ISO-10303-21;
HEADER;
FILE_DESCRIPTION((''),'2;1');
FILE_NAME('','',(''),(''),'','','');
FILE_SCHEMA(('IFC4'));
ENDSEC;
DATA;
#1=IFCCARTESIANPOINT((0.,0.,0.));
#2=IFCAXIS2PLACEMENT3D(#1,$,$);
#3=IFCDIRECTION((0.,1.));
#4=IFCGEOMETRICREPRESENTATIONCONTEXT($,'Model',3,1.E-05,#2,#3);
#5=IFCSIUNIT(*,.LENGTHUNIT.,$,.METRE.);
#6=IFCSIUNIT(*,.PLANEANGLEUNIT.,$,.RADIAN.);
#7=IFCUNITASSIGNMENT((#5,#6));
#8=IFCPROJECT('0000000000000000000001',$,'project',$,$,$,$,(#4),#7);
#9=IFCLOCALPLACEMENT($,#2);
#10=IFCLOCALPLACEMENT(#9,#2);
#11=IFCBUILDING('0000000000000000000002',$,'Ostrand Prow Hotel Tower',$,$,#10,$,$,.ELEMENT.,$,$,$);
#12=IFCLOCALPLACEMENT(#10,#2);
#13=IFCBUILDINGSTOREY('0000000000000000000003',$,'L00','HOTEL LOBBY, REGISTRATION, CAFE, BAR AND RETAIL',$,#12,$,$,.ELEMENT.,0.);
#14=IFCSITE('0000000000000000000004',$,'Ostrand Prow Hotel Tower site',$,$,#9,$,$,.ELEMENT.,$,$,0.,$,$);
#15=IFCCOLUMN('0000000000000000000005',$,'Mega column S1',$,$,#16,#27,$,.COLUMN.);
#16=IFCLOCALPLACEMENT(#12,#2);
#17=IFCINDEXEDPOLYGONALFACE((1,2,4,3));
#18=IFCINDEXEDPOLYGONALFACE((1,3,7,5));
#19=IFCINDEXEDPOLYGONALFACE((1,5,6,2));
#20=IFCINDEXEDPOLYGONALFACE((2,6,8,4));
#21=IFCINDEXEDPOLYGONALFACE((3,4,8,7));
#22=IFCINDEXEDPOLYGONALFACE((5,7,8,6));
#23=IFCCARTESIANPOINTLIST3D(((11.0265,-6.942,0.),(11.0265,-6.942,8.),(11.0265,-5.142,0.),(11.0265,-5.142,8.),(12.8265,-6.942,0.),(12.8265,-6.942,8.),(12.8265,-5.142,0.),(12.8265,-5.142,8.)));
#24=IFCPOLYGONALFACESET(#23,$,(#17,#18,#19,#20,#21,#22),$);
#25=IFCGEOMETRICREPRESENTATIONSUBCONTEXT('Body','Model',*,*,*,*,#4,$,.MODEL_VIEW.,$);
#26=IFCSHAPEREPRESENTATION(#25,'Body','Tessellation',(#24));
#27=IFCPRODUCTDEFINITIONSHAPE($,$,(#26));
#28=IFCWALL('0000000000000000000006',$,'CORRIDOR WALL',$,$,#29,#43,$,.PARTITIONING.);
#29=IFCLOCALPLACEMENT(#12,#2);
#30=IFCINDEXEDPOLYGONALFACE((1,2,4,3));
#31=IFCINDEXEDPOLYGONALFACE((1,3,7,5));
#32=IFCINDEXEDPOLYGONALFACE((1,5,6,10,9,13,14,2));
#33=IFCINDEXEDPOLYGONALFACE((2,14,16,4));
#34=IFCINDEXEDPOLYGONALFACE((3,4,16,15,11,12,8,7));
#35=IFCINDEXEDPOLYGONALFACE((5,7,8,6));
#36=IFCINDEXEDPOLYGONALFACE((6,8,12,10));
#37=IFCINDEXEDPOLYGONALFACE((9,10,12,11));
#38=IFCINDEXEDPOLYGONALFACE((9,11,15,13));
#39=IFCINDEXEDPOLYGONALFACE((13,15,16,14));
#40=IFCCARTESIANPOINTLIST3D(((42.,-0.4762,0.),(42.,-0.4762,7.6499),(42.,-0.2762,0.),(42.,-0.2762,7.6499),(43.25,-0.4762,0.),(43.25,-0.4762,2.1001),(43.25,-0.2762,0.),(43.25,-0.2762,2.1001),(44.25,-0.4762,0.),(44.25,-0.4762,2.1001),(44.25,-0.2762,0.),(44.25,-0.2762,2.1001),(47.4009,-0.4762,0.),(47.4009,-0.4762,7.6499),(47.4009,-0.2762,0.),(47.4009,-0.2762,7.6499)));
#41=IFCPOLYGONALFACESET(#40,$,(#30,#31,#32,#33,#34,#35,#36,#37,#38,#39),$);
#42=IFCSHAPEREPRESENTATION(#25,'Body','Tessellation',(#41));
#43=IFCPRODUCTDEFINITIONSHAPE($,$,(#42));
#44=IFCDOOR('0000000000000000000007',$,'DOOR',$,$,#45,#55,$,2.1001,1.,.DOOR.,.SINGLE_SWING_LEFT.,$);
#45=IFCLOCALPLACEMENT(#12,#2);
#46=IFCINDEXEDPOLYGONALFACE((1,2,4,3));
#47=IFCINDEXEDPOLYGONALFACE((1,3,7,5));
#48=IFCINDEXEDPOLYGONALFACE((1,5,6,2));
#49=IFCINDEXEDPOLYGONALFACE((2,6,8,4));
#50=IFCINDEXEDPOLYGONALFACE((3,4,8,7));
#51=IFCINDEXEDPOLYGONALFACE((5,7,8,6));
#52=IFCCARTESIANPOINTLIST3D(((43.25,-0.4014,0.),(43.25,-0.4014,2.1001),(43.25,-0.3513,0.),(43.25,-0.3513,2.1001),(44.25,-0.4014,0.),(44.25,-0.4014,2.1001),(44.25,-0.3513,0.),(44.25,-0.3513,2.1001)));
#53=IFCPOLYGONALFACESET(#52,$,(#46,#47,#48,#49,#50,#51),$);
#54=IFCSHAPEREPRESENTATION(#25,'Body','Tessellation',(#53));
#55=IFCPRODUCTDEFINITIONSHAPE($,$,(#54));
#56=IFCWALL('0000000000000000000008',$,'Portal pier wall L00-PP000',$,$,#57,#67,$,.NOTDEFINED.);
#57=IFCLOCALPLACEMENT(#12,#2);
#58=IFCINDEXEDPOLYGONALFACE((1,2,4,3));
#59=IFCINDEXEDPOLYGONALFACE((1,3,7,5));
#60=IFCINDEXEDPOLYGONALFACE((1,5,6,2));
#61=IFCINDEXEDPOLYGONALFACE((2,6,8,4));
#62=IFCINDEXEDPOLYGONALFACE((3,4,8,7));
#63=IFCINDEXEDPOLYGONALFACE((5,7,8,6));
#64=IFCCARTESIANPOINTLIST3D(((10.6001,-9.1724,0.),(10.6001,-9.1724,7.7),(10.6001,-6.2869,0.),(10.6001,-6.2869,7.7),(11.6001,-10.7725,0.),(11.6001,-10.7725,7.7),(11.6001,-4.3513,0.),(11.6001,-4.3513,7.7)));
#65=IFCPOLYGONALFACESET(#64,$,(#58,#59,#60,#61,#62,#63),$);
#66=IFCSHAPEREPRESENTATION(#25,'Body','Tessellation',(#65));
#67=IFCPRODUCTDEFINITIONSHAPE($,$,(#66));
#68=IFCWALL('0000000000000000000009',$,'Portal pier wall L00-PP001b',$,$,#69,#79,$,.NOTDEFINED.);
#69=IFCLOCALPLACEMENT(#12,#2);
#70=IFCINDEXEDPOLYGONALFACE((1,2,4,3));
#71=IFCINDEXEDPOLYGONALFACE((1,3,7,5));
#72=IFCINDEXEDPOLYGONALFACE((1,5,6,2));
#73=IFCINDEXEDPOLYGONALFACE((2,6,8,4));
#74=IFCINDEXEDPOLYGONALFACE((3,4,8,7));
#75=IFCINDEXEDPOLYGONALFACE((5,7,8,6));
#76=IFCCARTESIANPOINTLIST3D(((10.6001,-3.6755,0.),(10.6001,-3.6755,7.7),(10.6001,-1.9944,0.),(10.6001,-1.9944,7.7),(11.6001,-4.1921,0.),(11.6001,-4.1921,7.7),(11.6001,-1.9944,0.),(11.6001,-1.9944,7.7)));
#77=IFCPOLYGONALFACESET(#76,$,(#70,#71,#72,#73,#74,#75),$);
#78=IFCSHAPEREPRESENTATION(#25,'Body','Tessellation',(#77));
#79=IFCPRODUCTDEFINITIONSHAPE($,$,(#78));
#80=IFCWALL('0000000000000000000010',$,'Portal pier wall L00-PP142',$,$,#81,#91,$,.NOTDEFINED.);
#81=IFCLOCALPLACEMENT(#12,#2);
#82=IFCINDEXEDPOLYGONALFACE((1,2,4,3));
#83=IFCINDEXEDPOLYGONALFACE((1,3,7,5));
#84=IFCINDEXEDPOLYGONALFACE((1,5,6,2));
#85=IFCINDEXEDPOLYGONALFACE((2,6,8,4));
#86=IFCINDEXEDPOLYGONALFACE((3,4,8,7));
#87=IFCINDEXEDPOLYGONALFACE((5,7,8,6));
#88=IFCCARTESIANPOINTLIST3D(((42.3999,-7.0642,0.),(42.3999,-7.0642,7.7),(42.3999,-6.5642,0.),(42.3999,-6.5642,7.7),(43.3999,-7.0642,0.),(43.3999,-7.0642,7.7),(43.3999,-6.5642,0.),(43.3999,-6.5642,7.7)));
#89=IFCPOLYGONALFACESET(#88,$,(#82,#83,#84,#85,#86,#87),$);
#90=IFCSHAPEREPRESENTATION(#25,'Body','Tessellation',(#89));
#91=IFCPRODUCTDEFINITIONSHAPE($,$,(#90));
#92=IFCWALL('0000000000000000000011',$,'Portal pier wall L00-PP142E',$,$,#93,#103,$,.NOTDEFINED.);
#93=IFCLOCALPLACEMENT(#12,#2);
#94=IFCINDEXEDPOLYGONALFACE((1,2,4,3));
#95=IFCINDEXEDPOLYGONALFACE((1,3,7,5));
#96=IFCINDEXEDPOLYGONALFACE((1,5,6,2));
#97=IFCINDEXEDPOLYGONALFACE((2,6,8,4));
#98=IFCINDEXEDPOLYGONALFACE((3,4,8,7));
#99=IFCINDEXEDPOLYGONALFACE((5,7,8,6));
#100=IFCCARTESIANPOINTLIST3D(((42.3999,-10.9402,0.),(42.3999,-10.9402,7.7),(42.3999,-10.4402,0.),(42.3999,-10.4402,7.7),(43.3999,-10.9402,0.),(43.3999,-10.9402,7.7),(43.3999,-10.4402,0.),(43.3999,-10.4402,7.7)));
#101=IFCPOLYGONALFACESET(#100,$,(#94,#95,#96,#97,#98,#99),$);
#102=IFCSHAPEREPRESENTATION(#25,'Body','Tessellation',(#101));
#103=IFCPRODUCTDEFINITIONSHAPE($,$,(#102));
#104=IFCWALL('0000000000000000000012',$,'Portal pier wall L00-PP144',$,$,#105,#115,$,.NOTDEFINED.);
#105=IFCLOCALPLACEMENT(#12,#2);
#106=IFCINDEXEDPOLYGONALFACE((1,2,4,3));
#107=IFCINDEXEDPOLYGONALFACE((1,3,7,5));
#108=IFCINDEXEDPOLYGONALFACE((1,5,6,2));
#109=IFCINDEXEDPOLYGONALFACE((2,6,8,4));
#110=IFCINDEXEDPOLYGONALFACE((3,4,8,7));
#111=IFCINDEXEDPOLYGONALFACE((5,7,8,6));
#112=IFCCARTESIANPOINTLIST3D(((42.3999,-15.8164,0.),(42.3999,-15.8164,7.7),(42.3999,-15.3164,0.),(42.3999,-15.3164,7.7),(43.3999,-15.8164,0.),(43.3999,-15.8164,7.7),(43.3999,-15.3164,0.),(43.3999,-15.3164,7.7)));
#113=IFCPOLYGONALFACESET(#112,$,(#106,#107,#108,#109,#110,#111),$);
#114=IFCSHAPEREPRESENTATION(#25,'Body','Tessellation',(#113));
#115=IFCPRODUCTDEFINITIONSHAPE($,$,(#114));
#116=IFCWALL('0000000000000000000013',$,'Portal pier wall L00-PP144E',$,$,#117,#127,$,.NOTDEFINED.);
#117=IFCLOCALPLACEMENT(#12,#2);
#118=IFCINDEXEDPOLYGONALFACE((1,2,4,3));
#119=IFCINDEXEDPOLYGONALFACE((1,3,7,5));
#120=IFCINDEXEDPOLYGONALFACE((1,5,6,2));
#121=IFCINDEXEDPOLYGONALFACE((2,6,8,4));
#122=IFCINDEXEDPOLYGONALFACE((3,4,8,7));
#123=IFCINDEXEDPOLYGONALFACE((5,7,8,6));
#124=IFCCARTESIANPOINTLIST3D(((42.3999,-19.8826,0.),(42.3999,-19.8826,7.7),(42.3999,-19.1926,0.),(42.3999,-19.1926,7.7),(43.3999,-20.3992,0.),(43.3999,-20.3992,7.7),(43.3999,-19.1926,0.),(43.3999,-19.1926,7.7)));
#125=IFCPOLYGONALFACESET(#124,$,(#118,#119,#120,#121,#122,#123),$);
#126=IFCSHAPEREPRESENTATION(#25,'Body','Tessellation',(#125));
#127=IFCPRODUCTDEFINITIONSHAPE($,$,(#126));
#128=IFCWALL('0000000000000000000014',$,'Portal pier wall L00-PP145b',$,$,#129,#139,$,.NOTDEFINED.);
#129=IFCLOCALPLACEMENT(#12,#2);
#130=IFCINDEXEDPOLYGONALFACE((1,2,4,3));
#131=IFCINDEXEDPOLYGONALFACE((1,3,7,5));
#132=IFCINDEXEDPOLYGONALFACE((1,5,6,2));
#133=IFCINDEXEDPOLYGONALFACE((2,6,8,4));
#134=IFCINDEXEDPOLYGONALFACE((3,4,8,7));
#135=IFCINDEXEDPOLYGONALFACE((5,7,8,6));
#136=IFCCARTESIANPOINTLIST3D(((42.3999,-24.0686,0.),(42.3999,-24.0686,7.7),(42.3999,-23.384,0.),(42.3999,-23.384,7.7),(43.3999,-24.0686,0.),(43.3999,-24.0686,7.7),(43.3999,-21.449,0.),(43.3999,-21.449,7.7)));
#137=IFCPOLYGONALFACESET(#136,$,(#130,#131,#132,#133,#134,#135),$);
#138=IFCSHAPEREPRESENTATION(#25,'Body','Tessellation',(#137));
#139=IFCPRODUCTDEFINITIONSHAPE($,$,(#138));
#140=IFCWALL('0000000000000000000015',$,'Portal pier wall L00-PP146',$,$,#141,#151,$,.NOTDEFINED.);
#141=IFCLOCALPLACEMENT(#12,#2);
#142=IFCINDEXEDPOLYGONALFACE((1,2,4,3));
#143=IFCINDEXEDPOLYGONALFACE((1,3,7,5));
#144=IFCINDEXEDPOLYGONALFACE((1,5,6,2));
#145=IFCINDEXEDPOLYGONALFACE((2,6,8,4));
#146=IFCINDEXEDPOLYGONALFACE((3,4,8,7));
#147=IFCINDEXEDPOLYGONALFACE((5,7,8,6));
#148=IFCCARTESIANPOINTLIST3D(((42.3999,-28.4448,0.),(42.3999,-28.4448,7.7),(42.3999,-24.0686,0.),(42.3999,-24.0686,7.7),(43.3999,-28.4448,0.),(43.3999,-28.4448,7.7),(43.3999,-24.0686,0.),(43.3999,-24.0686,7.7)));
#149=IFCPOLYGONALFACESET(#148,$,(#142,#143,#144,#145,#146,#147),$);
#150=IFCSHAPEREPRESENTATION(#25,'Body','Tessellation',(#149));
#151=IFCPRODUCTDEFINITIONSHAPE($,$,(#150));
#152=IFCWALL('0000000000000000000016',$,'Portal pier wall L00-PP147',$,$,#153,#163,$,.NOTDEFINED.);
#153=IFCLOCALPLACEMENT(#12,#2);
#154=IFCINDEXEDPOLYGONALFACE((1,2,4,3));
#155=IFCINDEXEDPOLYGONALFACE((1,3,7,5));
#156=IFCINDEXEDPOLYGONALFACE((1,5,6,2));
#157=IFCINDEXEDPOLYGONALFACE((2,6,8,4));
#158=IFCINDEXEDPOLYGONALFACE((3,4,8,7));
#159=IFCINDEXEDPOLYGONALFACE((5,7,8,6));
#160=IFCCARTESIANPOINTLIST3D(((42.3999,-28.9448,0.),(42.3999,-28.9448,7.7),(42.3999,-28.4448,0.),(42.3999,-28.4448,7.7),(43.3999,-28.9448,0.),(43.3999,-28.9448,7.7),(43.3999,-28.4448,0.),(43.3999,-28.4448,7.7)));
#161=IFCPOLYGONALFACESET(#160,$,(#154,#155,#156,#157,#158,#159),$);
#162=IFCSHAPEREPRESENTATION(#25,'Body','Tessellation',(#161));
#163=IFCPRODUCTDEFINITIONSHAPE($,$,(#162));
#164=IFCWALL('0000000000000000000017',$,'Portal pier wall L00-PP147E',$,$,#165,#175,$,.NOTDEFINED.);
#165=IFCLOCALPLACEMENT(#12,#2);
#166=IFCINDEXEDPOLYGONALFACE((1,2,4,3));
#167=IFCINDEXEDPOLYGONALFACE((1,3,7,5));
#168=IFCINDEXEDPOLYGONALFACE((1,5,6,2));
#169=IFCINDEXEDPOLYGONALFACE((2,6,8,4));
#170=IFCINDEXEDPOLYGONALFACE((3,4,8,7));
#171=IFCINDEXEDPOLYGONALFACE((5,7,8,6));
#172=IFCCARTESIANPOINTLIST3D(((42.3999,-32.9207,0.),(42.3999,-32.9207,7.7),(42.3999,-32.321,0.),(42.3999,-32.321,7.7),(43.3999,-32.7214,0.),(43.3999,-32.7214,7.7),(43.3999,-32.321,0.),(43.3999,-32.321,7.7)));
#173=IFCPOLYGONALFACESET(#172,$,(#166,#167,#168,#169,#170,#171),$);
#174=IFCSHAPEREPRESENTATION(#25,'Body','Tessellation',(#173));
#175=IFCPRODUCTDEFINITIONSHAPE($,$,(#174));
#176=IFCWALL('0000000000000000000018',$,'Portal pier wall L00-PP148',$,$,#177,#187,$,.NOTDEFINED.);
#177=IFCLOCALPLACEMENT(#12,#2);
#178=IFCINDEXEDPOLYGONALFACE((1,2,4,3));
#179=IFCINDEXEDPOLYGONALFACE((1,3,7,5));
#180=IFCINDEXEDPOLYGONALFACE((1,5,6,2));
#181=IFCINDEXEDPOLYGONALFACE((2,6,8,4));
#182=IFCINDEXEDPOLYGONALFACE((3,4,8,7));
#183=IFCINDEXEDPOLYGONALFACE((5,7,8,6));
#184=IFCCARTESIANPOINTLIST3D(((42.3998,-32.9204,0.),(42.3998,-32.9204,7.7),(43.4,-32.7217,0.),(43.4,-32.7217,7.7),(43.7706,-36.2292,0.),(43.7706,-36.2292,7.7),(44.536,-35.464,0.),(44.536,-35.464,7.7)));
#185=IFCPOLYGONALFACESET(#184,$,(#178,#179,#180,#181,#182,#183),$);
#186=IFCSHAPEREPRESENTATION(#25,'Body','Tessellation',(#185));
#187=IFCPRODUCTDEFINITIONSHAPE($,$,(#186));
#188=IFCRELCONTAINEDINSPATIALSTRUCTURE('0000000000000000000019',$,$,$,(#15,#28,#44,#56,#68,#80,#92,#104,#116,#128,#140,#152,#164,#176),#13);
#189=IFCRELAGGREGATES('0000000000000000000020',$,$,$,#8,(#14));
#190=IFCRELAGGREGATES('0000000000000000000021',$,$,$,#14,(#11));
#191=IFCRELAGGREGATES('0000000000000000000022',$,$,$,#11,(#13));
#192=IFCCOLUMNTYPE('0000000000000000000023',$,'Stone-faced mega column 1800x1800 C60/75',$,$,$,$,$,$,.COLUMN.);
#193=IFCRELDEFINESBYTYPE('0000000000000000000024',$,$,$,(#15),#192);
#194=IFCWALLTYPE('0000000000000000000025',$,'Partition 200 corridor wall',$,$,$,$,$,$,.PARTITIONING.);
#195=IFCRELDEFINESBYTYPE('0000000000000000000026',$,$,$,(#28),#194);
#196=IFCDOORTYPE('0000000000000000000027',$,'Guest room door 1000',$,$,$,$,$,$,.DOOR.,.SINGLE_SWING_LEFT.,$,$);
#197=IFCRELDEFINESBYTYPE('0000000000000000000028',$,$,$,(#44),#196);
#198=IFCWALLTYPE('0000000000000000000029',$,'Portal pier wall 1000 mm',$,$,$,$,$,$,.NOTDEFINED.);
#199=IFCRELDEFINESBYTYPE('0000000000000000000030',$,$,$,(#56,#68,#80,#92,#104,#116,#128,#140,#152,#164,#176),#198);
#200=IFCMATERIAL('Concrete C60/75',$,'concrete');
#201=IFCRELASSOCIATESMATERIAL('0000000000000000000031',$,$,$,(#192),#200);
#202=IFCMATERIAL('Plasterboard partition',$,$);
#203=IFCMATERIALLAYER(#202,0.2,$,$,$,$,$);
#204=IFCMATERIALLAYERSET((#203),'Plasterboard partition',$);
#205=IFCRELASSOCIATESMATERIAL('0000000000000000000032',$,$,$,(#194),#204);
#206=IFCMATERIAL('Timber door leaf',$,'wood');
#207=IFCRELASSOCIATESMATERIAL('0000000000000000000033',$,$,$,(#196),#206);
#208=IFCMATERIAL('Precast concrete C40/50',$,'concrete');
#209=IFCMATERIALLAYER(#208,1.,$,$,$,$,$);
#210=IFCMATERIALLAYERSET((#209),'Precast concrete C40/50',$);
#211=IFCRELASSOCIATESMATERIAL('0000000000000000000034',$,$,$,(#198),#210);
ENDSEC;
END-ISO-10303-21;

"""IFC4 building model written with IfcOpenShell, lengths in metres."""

from ifc_helpers import new_model, si_unit, direction, frame, frame_2d, origin, origin_2d, place, context, subcontext, project, spatial, polyline, rectangle, outline, extrude, material, layer, layer_set, material_profile, profile_set, type_object, element, fill, save


model = new_model("IFC4")

# Units and contexts
model_context = context("Model", 3, precision=1e-05, world=origin(), true_north=direction((0.0, 1.0)))
body_context = subcontext(model_context, "Body", "Model", "MODEL_VIEW")
ifc_project = project(units=[si_unit("LENGTHUNIT", "METRE"), si_unit("PLANEANGLEUNIT", "RADIAN")], contexts=[model_context])

# Site, building, storey
site_placement = place(None, origin())
site = spatial("IfcSite", under=ifc_project, at=site_placement, Name="Ostrand Prow Hotel Tower site", CompositionType="ELEMENT", RefElevation=0.0)
building_placement = place(site_placement, origin())
building = spatial("IfcBuilding", under=site, at=building_placement, Name="Ostrand Prow Hotel Tower", CompositionType="ELEMENT")
storey_placement = place(building_placement, origin())
storey = spatial("IfcBuildingStorey", under=building, at=storey_placement, Name="L00", Description="HOTEL LOBBY, REGISTRATION, CAFE, BAR AND RETAIL", CompositionType="ELEMENT", Elevation=0.0)

# Column
ifc_material_1 = material(Name="Concrete C60/75", Category="concrete")
ifc_material_profile_1 = material_profile(ifc_material_1, rectangle(XDim=1.8, YDim=1.8, at=origin_2d()), Name="RC 1800x1800")
ifc_profile_set_1 = profile_set([ifc_material_profile_1], Name="Concrete C60/75")
column_type = type_object("IfcColumnType", Name="Stone-faced mega column 1800x1800 C60/75", PredefinedType="COLUMN", material=ifc_profile_set_1)
column_placement = place(storey_placement, frame((11.9265, -6.042, 0.0), z_axis=(0.0, 0.0, 1.0), x_axis=(1.0, 0.0, 0.0)))
element("IfcColumn", 1, at=column_placement, inside=storey, type_object=column_type, Name="Mega column S1", PredefinedType="COLUMN", context=body_context, shape_type="SweptSolid", body=[
    extrude(rectangle(XDim=1.8, YDim=1.8, at=origin_2d()), origin(), (0.0, 0.0, 1.0), 8.0),
])

# Wall, opening, door
ifc_material_2 = material(Name="Plasterboard partition")
ifc_layer_1 = layer(ifc_material_2, 0.2)
ifc_layer_set_1 = layer_set([ifc_layer_1], Name="Plasterboard partition")
wall_type_1 = type_object("IfcWallType", Name="Partition 200 corridor wall", PredefinedType="PARTITIONING", material=ifc_layer_set_1)
wall_1_placement = place(storey_placement, frame((42.0, -0.3762, 0.0), z_axis=(0.0, 0.0, 1.0), x_axis=(1.0, 0.0, 0.0)))
wall_1 = element("IfcWall", 2, at=wall_1_placement, inside=storey, type_object=wall_type_1, Name="CORRIDOR WALL", PredefinedType="PARTITIONING", context=body_context, shape_type="SweptSolid", body=[
    extrude(rectangle(XDim=5.4009, YDim=0.2, at=frame_2d((2.7004, 0.0))), origin(), (0.0, 0.0, 1.0), 7.6499),
])
opening_1_placement = place(wall_1_placement, frame((1.25, 0.0, 0.0)))
opening_1 = element("IfcOpeningElement", 3, at=opening_1_placement, cuts=wall_1, PredefinedType="OPENING", context=body_context, shape_type="SweptSolid", body=[
    extrude(rectangle(XDim=1.0, YDim=2.1001, at=frame_2d((0.5, 1.05))), frame((0.0, 0.1099, 0.0), z_axis=(0.0, -1.0, 0.0), x_axis=(1.0, 0.0, 0.0)), (0.0, 0.0, 1.0), 0.22),
])
ifc_material_3 = material(Name="Timber door leaf", Category="wood")
door_type_1 = type_object("IfcDoorType", Name="Guest room door 1000", OperationType="SINGLE_SWING_LEFT", PredefinedType="DOOR", material=ifc_material_3)
door_1_placement = place(opening_1_placement, origin())
door_1 = element("IfcDoor", 4, at=door_1_placement, inside=storey, type_object=door_type_1, Name="DOOR", OperationType="SINGLE_SWING_LEFT", OverallHeight=2.1001, OverallWidth=1.0, PredefinedType="DOOR", context=body_context, shape_type="SweptSolid", body=[
    extrude(rectangle(XDim=1.0, YDim=2.1001, at=frame_2d((0.5, 1.05))), frame((0.0, 0.0249, 0.0), z_axis=(0.0, -1.0, 0.0), x_axis=(1.0, 0.0, 0.0)), (0.0, 0.0, 1.0), 0.05),
])
fill(opening_1, door_1)

# Walls
ifc_material_4 = material(Name="Precast concrete C40/50", Category="concrete")
ifc_layer_2 = layer(ifc_material_4, 1.0)
ifc_layer_set_2 = layer_set([ifc_layer_2], Name="Precast concrete C40/50")
wall_type_2 = type_object("IfcWallType", Name="Portal pier wall 1000 mm", PredefinedType="NOTDEFINED", material=ifc_layer_set_2)
wall_2_placement = place(storey_placement, frame((11.1001, -9.9724, 0.0), z_axis=(0.0, 0.0, 1.0), x_axis=(0.0, 1.0, 0.0)))
element("IfcWall", 5, at=wall_2_placement, inside=storey, type_object=wall_type_2, Name="Portal pier wall L00-PP000", PredefinedType="NOTDEFINED", context=body_context, shape_type="SweptSolid", body=[
    extrude(outline(polyline([(-0.8, -0.5), (5.6211, -0.5), (3.6855, 0.5), (0.8, 0.5), (-0.8, -0.5)])), origin(), (0.0, 0.0, 1.0), 7.7),
])
wall_3_placement = place(storey_placement, frame((11.1001, -3.9338, 0.0), z_axis=(0.0, 0.0, 1.0), x_axis=(0.0, 1.0, 0.0)))
element("IfcWall", 6, at=wall_3_placement, inside=storey, type_object=wall_type_2, Name="Portal pier wall L00-PP001b", PredefinedType="NOTDEFINED", context=body_context, shape_type="SweptSolid", body=[
    extrude(outline(polyline([(-0.2583, -0.5), (1.9395, -0.5), (1.9395, 0.5), (0.2583, 0.5), (-0.2583, -0.5)])), origin(), (0.0, 0.0, 1.0), 7.7),
])

# Walls
for number, where, z_axis, x_axis, name in (
    (7, (42.8999, -6.5642, 0.0), (0.0, 0.0, 1.0), (0.0, -1.0, 0.0), "Portal pier wall L00-PP142"),
    (8, (42.8999, -10.4402, 0.0), (0.0, 0.0, 1.0), (0.0, -1.0, 0.0), "Portal pier wall L00-PP142E"),
):
    element("IfcWall", number, at=place(storey_placement, frame(where, z_axis=z_axis, x_axis=x_axis)), inside=storey, type_object=wall_type_2, Name=name, PredefinedType="NOTDEFINED", context=body_context, shape_type="SweptSolid", body=[
        extrude(outline(polyline([(0.0, -0.5), (0.5, -0.5), (0.5, 0.5), (0.0, 0.5), (0.0, -0.5)])), origin(), (0.0, 0.0, 1.0), 7.7),
    ])

# Walls
wall_4_placement = place(storey_placement, frame((42.8999, -15.3164, 0.0), z_axis=(0.0, 0.0, 1.0), x_axis=(0.0, -1.0, 0.0)))
element("IfcWall", 9, at=wall_4_placement, inside=storey, type_object=wall_type_2, Name="Portal pier wall L00-PP144", PredefinedType="NOTDEFINED", context=body_context, shape_type="SweptSolid", body=[
    extrude(outline(polyline([(0.0, -0.5), (0.5, -0.5), (0.5, 0.5), (0.0, 0.5), (0.0, -0.5)])), origin(), (0.0, 0.0, 1.0), 7.7),
])
wall_5_placement = place(storey_placement, frame((42.8999, -19.1926, 0.0), z_axis=(0.0, 0.0, 1.0), x_axis=(0.0, -1.0, 0.0)))
element("IfcWall", 10, at=wall_5_placement, inside=storey, type_object=wall_type_2, Name="Portal pier wall L00-PP144E", PredefinedType="NOTDEFINED", context=body_context, shape_type="SweptSolid", body=[
    extrude(outline(polyline([(0.0, -0.5), (0.6899, -0.5), (1.2065, 0.5), (0.0, 0.5), (0.0, -0.5)])), origin(), (0.0, 0.0, 1.0), 7.7),
])
wall_6_placement = place(storey_placement, frame((42.8999, -22.4165, 0.0), z_axis=(0.0, 0.0, 1.0), x_axis=(0.0, -1.0, 0.0)))
element("IfcWall", 11, at=wall_6_placement, inside=storey, type_object=wall_type_2, Name="Portal pier wall L00-PP145b", PredefinedType="NOTDEFINED", context=body_context, shape_type="SweptSolid", body=[
    extrude(outline(polyline([(0.9675, -0.5), (1.6521, -0.5), (1.6521, 0.5), (-0.9675, 0.5), (0.9675, -0.5)])), origin(), (0.0, 0.0, 1.0), 7.7),
])
wall_7_placement = place(storey_placement, frame((42.8999, -24.0686, 0.0), z_axis=(0.0, 0.0, 1.0), x_axis=(0.0, -1.0, 0.0)))
element("IfcWall", 12, at=wall_7_placement, inside=storey, type_object=wall_type_2, Name="Portal pier wall L00-PP146", PredefinedType="NOTDEFINED", context=body_context, shape_type="SweptSolid", body=[
    extrude(outline(polyline([(0.0, -0.5), (4.3762, -0.5), (4.3762, 0.5), (0.0, 0.5), (0.0, -0.5)])), origin(), (0.0, 0.0, 1.0), 7.7),
])
wall_8_placement = place(storey_placement, frame((42.8999, -28.4448, 0.0), z_axis=(0.0, 0.0, 1.0), x_axis=(0.0, -1.0, 0.0)))
element("IfcWall", 13, at=wall_8_placement, inside=storey, type_object=wall_type_2, Name="Portal pier wall L00-PP147", PredefinedType="NOTDEFINED", context=body_context, shape_type="SweptSolid", body=[
    extrude(outline(polyline([(0.0, -0.5), (0.5, -0.5), (0.5, 0.5), (0.0, 0.5), (0.0, -0.5)])), origin(), (0.0, 0.0, 1.0), 7.7),
])
wall_9_placement = place(storey_placement, frame((42.8999, -32.321, 0.0), z_axis=(0.0, 0.0, 1.0), x_axis=(0.0, -1.0, 0.0)))
element("IfcWall", 14, at=wall_9_placement, inside=storey, type_object=wall_type_2, Name="Portal pier wall L00-PP147E", PredefinedType="NOTDEFINED", context=body_context, shape_type="SweptSolid", body=[
    extrude(outline(polyline([(0.0, -0.5), (0.5996, -0.5), (0.4004, 0.5), (0.0, 0.5), (0.0, -0.5)])), origin(), (0.0, 0.0, 1.0), 7.7),
])
wall_10_placement = place(storey_placement, frame((42.8999, -32.821, 0.0), z_axis=(0.0, 0.0, 1.0), x_axis=(0.382725, -0.923862, 0.0)))
element("IfcWall", 15, at=wall_10_placement, inside=storey, type_object=wall_type_2, Name="Portal pier wall L00-PP148", PredefinedType="NOTDEFINED", context=body_context, shape_type="SweptSolid", body=[
    extrude(outline(polyline([(-0.0996, -0.5), (3.4819, -0.5), (3.0679, 0.5), (0.0996, 0.5), (-0.0996, -0.5)])), origin(), (0.0, 0.0, 1.0), 7.7),
])

save(model, "model.ifc")
